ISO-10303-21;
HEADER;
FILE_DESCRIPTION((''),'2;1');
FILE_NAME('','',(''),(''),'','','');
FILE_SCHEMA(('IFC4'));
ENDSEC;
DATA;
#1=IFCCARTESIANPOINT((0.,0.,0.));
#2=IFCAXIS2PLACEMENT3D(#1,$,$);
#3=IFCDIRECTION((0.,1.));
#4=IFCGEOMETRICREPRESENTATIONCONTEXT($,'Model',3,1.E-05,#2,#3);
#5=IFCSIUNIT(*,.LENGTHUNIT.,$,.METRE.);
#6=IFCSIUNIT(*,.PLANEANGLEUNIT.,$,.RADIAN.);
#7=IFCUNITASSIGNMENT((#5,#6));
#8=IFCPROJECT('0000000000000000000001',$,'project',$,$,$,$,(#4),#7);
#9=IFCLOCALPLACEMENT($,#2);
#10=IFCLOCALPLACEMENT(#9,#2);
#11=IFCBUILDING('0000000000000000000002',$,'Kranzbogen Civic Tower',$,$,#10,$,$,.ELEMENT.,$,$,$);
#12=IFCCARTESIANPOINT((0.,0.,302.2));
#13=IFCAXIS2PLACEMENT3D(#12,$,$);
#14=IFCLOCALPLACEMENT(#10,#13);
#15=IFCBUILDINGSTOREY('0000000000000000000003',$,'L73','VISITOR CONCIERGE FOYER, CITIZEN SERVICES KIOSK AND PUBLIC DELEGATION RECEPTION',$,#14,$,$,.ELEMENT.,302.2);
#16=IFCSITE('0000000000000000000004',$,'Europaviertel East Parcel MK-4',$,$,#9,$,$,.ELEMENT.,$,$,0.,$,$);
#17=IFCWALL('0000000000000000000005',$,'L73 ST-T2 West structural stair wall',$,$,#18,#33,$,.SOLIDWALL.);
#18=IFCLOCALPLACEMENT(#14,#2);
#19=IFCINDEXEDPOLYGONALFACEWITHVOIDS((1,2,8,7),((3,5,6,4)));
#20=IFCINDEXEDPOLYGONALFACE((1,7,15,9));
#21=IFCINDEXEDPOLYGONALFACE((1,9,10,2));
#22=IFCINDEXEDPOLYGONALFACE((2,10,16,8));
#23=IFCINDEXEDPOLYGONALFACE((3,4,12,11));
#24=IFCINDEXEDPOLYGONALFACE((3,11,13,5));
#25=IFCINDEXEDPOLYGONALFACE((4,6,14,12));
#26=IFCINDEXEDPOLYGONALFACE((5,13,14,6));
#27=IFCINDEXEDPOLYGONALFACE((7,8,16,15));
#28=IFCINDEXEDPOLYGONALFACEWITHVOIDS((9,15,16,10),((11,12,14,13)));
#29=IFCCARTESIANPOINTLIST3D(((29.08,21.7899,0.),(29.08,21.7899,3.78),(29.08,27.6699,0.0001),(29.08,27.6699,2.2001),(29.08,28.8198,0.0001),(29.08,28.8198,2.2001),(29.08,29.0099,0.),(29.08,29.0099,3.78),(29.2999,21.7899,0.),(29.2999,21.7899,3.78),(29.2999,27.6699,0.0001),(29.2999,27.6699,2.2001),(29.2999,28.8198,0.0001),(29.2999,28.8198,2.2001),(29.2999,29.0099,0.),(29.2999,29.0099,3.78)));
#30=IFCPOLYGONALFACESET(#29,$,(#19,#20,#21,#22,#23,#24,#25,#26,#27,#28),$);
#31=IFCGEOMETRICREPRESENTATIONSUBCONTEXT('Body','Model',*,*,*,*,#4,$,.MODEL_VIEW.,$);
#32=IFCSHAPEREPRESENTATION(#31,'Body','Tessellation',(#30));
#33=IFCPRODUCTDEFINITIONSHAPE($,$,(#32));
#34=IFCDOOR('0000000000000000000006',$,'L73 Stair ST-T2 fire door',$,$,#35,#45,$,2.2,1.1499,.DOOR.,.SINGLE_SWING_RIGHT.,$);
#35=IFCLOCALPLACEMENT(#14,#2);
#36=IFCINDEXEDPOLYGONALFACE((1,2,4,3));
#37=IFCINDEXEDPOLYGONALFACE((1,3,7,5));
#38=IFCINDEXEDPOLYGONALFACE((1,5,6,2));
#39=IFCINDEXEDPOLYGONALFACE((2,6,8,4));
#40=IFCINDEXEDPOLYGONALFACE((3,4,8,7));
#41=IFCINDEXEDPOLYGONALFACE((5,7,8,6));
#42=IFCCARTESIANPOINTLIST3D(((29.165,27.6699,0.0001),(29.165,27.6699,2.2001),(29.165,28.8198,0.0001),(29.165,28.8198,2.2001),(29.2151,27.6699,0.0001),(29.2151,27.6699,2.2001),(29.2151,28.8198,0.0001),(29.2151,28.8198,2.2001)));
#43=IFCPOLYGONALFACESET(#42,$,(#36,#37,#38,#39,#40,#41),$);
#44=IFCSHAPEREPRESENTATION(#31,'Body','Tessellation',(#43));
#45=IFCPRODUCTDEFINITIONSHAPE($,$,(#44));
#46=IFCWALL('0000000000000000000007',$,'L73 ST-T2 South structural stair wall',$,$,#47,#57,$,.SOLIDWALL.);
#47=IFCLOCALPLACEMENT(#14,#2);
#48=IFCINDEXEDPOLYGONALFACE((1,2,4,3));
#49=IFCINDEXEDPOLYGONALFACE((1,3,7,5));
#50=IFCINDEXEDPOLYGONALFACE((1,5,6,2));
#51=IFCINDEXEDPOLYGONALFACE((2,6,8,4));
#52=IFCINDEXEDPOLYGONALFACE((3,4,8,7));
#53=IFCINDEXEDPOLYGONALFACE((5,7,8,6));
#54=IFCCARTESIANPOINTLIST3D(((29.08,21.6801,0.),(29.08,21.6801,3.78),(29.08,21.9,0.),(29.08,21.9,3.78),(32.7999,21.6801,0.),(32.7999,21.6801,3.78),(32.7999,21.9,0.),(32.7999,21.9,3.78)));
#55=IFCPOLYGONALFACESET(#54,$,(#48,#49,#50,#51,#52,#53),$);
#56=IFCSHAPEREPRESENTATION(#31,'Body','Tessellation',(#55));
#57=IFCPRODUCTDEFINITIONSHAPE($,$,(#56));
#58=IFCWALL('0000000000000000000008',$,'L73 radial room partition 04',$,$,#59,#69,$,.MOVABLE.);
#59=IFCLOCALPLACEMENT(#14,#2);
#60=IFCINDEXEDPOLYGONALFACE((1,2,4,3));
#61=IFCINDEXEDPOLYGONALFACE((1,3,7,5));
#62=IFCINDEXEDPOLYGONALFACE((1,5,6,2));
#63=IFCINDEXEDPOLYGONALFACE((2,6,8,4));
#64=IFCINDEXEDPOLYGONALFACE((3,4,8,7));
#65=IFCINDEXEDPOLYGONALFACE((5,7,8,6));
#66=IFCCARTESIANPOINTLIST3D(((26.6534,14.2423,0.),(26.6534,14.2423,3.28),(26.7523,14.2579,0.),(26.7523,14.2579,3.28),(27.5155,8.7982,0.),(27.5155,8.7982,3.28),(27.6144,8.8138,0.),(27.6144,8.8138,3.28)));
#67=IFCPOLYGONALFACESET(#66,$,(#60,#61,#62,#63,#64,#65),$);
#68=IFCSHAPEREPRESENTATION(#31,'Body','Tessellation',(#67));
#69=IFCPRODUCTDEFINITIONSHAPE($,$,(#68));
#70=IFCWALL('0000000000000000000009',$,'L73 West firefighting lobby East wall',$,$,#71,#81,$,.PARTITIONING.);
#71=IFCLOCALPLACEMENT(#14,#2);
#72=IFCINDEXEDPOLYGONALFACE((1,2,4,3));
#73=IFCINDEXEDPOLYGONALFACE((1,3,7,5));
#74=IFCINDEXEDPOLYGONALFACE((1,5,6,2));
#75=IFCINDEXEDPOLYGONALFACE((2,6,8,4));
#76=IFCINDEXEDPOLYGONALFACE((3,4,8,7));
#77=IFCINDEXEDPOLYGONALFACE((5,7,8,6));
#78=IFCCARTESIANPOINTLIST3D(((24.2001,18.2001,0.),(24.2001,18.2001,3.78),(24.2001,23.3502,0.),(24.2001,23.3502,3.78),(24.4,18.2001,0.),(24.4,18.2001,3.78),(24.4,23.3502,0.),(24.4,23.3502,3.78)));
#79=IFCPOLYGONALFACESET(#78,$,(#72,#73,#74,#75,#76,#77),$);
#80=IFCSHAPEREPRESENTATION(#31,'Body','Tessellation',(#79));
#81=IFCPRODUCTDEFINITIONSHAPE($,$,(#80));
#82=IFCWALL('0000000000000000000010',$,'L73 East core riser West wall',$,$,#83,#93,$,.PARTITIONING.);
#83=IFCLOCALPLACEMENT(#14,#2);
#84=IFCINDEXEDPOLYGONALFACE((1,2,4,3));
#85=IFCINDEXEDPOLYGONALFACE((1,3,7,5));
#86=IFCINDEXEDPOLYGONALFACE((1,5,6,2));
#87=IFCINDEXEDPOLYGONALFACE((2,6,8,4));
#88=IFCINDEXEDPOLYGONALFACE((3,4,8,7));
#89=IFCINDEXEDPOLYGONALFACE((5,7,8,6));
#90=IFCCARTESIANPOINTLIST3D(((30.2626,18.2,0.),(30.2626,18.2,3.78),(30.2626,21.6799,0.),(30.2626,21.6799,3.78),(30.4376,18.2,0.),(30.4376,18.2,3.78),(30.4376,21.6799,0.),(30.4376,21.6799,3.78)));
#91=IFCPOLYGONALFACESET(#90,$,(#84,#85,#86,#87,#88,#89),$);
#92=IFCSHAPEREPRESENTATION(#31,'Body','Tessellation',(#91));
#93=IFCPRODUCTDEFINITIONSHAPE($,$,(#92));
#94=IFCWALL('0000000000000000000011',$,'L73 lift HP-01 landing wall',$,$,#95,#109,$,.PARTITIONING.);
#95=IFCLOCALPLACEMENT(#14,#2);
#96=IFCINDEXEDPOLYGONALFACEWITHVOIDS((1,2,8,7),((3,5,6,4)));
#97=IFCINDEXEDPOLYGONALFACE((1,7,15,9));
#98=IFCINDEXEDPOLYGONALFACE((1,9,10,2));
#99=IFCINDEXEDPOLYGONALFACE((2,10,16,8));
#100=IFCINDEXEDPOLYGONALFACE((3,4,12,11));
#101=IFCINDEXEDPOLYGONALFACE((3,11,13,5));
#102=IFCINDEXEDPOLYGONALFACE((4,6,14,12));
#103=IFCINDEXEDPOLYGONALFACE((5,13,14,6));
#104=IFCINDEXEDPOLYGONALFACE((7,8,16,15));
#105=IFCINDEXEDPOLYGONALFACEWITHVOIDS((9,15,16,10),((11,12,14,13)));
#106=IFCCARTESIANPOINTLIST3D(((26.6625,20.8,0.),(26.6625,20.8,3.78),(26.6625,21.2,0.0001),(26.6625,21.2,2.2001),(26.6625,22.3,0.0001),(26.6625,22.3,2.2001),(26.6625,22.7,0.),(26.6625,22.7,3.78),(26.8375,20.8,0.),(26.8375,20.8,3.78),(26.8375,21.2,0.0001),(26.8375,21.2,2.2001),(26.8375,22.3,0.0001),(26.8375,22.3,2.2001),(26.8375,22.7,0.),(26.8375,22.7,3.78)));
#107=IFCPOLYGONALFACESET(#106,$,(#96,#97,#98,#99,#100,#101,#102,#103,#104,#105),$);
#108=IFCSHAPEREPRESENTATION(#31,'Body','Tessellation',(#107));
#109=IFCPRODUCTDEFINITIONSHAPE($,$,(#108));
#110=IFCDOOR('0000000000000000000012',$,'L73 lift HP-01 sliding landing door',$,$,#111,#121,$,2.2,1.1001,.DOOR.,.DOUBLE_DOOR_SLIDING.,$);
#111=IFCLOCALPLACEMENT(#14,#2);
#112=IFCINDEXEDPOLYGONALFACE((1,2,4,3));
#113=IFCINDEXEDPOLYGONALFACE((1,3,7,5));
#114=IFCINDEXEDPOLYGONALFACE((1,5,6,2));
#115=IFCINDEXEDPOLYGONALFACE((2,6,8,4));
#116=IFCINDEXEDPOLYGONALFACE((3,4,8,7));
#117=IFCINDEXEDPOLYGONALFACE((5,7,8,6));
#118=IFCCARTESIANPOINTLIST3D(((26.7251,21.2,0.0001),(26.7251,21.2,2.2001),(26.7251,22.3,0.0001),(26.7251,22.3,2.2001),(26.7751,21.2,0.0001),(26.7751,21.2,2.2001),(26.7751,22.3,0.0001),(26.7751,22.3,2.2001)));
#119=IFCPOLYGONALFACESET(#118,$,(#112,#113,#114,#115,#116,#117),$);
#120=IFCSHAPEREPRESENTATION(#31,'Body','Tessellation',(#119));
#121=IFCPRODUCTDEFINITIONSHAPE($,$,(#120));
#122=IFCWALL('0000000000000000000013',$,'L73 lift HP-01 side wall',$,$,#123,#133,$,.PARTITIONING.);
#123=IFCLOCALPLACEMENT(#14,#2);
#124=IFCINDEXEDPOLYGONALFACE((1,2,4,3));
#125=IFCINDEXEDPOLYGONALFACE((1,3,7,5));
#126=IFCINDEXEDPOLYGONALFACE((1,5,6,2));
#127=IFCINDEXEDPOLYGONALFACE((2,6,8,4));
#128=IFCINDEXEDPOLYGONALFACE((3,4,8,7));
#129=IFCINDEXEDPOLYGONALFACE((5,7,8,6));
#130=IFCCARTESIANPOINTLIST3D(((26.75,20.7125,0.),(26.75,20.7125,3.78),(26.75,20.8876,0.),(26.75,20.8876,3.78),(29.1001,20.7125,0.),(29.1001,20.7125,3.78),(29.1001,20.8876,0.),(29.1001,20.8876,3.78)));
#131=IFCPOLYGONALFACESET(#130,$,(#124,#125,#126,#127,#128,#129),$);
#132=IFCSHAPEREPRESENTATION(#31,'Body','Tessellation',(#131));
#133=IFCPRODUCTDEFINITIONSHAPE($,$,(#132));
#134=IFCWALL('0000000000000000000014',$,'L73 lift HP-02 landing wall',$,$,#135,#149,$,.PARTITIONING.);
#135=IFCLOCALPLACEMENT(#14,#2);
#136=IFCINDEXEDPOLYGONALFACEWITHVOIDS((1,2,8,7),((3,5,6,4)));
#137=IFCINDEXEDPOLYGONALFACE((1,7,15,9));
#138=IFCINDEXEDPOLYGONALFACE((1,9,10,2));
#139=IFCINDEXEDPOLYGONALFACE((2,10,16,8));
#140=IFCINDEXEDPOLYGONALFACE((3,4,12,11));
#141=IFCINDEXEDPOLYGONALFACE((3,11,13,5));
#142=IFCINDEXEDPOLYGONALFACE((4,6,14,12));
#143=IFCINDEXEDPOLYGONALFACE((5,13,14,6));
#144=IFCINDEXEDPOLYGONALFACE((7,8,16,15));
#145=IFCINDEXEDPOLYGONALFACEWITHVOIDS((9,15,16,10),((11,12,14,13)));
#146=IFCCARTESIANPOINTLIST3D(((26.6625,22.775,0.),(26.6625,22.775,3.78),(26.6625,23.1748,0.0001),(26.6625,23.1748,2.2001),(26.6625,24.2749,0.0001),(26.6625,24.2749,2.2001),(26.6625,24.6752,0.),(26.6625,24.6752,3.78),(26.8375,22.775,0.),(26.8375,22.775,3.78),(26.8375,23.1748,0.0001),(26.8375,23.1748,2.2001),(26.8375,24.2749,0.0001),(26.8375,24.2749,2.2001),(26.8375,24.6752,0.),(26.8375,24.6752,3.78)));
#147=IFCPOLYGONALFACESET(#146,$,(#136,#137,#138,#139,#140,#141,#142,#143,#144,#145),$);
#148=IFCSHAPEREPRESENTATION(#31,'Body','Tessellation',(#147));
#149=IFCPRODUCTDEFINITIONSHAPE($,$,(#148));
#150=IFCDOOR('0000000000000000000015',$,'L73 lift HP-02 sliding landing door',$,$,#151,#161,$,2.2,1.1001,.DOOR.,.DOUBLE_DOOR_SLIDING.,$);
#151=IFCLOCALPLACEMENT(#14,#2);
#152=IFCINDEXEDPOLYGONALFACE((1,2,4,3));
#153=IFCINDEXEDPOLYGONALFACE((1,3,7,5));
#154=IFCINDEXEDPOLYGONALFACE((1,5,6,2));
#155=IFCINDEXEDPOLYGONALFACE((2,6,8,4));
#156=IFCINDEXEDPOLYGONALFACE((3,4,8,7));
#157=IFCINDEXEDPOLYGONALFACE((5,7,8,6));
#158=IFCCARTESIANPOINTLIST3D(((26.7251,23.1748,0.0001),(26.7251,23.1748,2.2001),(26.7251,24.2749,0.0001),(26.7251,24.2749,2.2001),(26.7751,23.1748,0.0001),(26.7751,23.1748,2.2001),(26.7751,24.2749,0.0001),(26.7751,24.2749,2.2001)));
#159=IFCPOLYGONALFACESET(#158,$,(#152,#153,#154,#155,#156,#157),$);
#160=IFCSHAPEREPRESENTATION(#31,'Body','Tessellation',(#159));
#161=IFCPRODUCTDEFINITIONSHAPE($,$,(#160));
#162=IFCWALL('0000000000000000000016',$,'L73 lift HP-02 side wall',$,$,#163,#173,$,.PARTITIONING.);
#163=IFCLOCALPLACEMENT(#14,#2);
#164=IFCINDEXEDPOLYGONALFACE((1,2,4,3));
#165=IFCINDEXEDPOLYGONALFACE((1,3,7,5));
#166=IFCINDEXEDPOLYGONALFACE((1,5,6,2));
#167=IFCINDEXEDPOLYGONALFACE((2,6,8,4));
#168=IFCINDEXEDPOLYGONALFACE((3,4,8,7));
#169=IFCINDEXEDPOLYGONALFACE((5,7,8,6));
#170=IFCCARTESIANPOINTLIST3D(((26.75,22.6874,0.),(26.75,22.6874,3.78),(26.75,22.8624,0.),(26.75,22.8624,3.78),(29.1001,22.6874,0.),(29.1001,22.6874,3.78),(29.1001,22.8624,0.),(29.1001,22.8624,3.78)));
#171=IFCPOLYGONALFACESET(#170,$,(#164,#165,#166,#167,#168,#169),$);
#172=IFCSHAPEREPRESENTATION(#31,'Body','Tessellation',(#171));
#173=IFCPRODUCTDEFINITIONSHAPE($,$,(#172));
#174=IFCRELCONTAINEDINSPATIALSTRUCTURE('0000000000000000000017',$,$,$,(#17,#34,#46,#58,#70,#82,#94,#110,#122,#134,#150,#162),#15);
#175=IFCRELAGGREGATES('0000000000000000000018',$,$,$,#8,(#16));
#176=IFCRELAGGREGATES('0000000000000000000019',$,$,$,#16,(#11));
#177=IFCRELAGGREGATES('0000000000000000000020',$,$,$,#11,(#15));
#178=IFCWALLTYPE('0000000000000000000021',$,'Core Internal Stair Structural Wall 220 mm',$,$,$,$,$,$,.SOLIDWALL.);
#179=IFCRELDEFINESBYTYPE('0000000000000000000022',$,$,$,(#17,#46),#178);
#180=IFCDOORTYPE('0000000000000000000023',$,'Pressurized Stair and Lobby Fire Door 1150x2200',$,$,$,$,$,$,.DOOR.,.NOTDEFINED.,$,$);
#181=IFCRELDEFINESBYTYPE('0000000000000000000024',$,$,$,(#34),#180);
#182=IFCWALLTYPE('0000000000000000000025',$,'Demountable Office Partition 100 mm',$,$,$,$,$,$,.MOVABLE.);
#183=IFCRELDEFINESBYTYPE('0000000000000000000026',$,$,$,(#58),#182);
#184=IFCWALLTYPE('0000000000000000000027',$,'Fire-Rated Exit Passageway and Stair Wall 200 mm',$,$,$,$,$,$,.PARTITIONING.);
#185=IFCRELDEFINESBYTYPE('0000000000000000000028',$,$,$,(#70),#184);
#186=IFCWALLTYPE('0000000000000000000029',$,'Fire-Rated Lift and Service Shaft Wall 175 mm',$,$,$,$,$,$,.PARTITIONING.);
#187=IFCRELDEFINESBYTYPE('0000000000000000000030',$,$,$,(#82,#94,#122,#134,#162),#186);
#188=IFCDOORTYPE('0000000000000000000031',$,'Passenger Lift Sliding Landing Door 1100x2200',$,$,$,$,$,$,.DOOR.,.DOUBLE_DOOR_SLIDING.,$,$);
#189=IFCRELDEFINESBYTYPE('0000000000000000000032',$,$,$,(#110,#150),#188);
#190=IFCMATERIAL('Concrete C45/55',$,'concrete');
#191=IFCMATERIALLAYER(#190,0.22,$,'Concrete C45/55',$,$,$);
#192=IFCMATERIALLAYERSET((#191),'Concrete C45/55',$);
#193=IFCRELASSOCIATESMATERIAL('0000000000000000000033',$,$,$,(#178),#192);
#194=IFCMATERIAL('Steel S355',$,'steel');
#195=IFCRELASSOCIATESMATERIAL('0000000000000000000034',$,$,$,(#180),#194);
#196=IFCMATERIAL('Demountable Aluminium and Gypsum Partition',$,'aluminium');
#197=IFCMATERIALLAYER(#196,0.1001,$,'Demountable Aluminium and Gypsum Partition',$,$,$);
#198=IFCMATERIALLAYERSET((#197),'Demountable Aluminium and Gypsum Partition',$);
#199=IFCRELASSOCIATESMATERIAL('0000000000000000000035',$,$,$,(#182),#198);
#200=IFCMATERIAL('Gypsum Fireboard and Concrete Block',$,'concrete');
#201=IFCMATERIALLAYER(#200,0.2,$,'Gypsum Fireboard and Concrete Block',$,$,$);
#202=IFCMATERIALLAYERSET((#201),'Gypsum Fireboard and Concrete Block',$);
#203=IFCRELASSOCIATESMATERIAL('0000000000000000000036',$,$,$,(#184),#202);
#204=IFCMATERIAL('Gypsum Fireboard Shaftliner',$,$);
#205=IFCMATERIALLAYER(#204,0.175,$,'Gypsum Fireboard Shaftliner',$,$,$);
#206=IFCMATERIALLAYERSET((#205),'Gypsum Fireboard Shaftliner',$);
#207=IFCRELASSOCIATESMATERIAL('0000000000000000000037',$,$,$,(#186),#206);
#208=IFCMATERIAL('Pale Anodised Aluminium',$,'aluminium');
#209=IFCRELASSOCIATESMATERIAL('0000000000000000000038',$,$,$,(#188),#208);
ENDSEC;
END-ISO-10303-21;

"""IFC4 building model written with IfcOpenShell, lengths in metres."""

from ifc_helpers import new_model, si_unit, direction, frame, frame_2d, origin, place, context, subcontext, project, spatial, rectangle, extrude, material, layer, layer_set, type_object, element, fill, save


model = new_model("IFC4")

# Units and contexts
model_context = context("Model", 3, precision=1e-05, world=origin(), true_north=direction((0.0, 1.0)))
body_context = subcontext(model_context, "Body", "Model", "MODEL_VIEW")
ifc_project = project(units=[si_unit("LENGTHUNIT", "METRE"), si_unit("PLANEANGLEUNIT", "RADIAN")], contexts=[model_context])

# Site, building, storey
site_placement = place(None, origin())
site = spatial("IfcSite", under=ifc_project, at=site_placement, Name="Europaviertel East Parcel MK-4", CompositionType="ELEMENT", RefElevation=0.0)
building_placement = place(site_placement, origin())
building = spatial("IfcBuilding", under=site, at=building_placement, Name="Kranzbogen Civic Tower", CompositionType="ELEMENT")
storey_placement = place(building_placement, frame((0.0, 0.0, 302.2)))
storey = spatial("IfcBuildingStorey", under=building, at=storey_placement, Name="L73", Description="VISITOR CONCIERGE FOYER, CITIZEN SERVICES KIOSK AND PUBLIC DELEGATION RECEPTION", CompositionType="ELEMENT", Elevation=302.2)

# Shared definitions
ifc_material_1 = material(Name="Steel S355", Category="steel")

# Shared definitions
ifc_material_2 = material(Name="Pale Anodised Aluminium", Category="aluminium")

# Wall, opening, door
ifc_material_3 = material(Name="Concrete C45/55", Category="concrete")
ifc_layer_1 = layer(ifc_material_3, 0.22, Name="Concrete C45/55")
ifc_layer_set_1 = layer_set([ifc_layer_1], Name="Concrete C45/55")
wall_type_1 = type_object("IfcWallType", Name="Core Internal Stair Structural Wall 220 mm", PredefinedType="SOLIDWALL", material=ifc_layer_set_1)
wall_1_placement = place(storey_placement, frame((29.1899, 21.79, 0.0), z_axis=(0.0, 0.0, 1.0), x_axis=(0.0, 1.0, 0.0)))
wall_1 = element("IfcWall", 1, at=wall_1_placement, inside=storey, type_object=wall_type_1, Name="L73 ST-T2 West structural stair wall", PredefinedType="SOLIDWALL", context=body_context, shape_type="SweptSolid", body=[
    extrude(rectangle(XDim=7.22, YDim=0.22, at=frame_2d((3.6099, 0.0))), origin(), (0.0, 0.0, 1.0), 3.78),
])
opening_1_placement = place(wall_1_placement, frame((5.8799, 0.0, 0.0)))
opening_1 = element("IfcOpeningElement", 2, at=opening_1_placement, cuts=wall_1, PredefinedType="OPENING", context=body_context, shape_type="SweptSolid", body=[
    extrude(rectangle(XDim=1.1499, YDim=2.2, at=frame_2d((0.575, 1.1001))), frame((0.0, 0.1201, 0.0), z_axis=(0.0, -1.0, 0.0), x_axis=(1.0, 0.0, 0.0)), (0.0, 0.0, 1.0), 0.24),
])
door_type_1 = type_object("IfcDoorType", Name="Pressurized Stair and Lobby Fire Door 1150x2200", OperationType="NOTDEFINED", PredefinedType="DOOR", material=ifc_material_1)
door_1_placement = place(opening_1_placement, origin())
door_1 = element("IfcDoor", 3, at=door_1_placement, inside=storey, type_object=door_type_1, Name="L73 Stair ST-T2 fire door", OperationType="SINGLE_SWING_RIGHT", OverallHeight=2.2, OverallWidth=1.1499, PredefinedType="DOOR", context=body_context, shape_type="SweptSolid", body=[
    extrude(rectangle(XDim=1.1499, YDim=2.2, at=frame_2d((0.575, 1.1001))), frame((0.0, 0.0249, 0.0), z_axis=(0.0, -1.0, 0.0), x_axis=(1.0, 0.0, 0.0)), (0.0, 0.0, 1.0), 0.05),
])
fill(opening_1, door_1)

# Walls
wall_2_placement = place(storey_placement, frame((29.0801, 21.79, 0.0), z_axis=(0.0, 0.0, 1.0), x_axis=(1.0, 0.0, 0.0)))
element("IfcWall", 4, at=wall_2_placement, inside=storey, type_object=wall_type_1, Name="L73 ST-T2 South structural stair wall", PredefinedType="SOLIDWALL", context=body_context, shape_type="SweptSolid", body=[
    extrude(rectangle(XDim=3.72, YDim=0.22, at=frame_2d((1.8599, 0.0))), origin(), (0.0, 0.0, 1.0), 3.78),
])
ifc_material_4 = material(Name="Demountable Aluminium and Gypsum Partition", Category="aluminium")
ifc_layer_2 = layer(ifc_material_4, 0.1001, Name="Demountable Aluminium and Gypsum Partition")
ifc_layer_set_2 = layer_set([ifc_layer_2], Name="Demountable Aluminium and Gypsum Partition")
wall_type_2 = type_object("IfcWallType", Name="Demountable Office Partition 100 mm", PredefinedType="MOVABLE", material=ifc_layer_set_2)
wall_3_placement = place(storey_placement, frame((26.7029, 14.25, 0.0), z_axis=(0.0, 0.0, 1.0), x_axis=(0.156399, -0.987694, 0.0)))
element("IfcWall", 5, at=wall_3_placement, inside=storey, type_object=wall_type_2, Name="L73 radial room partition 04", PredefinedType="MOVABLE", context=body_context, shape_type="SweptSolid", body=[
    extrude(rectangle(XDim=5.512, YDim=0.1001, at=frame_2d((2.7559, 0.0))), origin(), (0.0, 0.0, 1.0), 3.28),
])
ifc_material_5 = material(Name="Gypsum Fireboard and Concrete Block", Category="concrete")
ifc_layer_3 = layer(ifc_material_5, 0.2, Name="Gypsum Fireboard and Concrete Block")
ifc_layer_set_3 = layer_set([ifc_layer_3], Name="Gypsum Fireboard and Concrete Block")
wall_type_3 = type_object("IfcWallType", Name="Fire-Rated Exit Passageway and Stair Wall 200 mm", PredefinedType="PARTITIONING", material=ifc_layer_set_3)
wall_4_placement = place(storey_placement, frame((24.3, 18.2, 0.0), z_axis=(0.0, 0.0, 1.0), x_axis=(0.0, 1.0, 0.0)))
element("IfcWall", 6, at=wall_4_placement, inside=storey, type_object=wall_type_3, Name="L73 West firefighting lobby East wall", PredefinedType="PARTITIONING", context=body_context, shape_type="SweptSolid", body=[
    extrude(rectangle(XDim=5.1501, YDim=0.2, at=frame_2d((2.5752, 0.0))), origin(), (0.0, 0.0, 1.0), 3.78),
])
ifc_material_6 = material(Name="Gypsum Fireboard Shaftliner")
ifc_layer_4 = layer(ifc_material_6, 0.175, Name="Gypsum Fireboard Shaftliner")
ifc_layer_set_4 = layer_set([ifc_layer_4], Name="Gypsum Fireboard Shaftliner")
wall_type_4 = type_object("IfcWallType", Name="Fire-Rated Lift and Service Shaft Wall 175 mm", PredefinedType="PARTITIONING", material=ifc_layer_set_4)
wall_5_placement = place(storey_placement, frame((30.3501, 18.2, 0.0), z_axis=(0.0, 0.0, 1.0), x_axis=(0.0, 1.0, 0.0)))
element("IfcWall", 7, at=wall_5_placement, inside=storey, type_object=wall_type_4, Name="L73 East core riser West wall", PredefinedType="PARTITIONING", context=body_context, shape_type="SweptSolid", body=[
    extrude(rectangle(XDim=3.48, YDim=0.175, at=frame_2d((1.74, 0.0))), origin(), (0.0, 0.0, 1.0), 3.78),
])

# Wall, opening, door
wall_6_placement = place(storey_placement, frame((26.75, 20.8, 0.0), z_axis=(0.0, 0.0, 1.0), x_axis=(0.0, 1.0, 0.0)))
wall_6 = element("IfcWall", 8, at=wall_6_placement, inside=storey, type_object=wall_type_4, Name="L73 lift HP-01 landing wall", PredefinedType="PARTITIONING", context=body_context, shape_type="SweptSolid", body=[
    extrude(rectangle(XDim=1.8999, YDim=0.175, at=frame_2d((0.95, 0.0))), origin(), (0.0, 0.0, 1.0), 3.78),
])
opening_2_placement = place(wall_6_placement, frame((0.3999, 0.0, 0.0)))
opening_2 = element("IfcOpeningElement", 9, at=opening_2_placement, cuts=wall_6, PredefinedType="OPENING", context=body_context, shape_type="SweptSolid", body=[
    extrude(rectangle(XDim=1.1001, YDim=2.2, at=frame_2d((0.55, 1.1001))), frame((0.0, 0.0977, 0.0), z_axis=(0.0, -1.0, 0.0), x_axis=(1.0, 0.0, 0.0)), (0.0, 0.0, 1.0), 0.1951),
])
door_type_2 = type_object("IfcDoorType", Name="Passenger Lift Sliding Landing Door 1100x2200", OperationType="DOUBLE_DOOR_SLIDING", PredefinedType="DOOR", material=ifc_material_2)
door_2_placement = place(opening_2_placement, origin())
door_2 = element("IfcDoor", 10, at=door_2_placement, inside=storey, type_object=door_type_2, Name="L73 lift HP-01 sliding landing door", OperationType="DOUBLE_DOOR_SLIDING", OverallHeight=2.2, OverallWidth=1.1001, PredefinedType="DOOR", context=body_context, shape_type="SweptSolid", body=[
    extrude(rectangle(XDim=1.1001, YDim=2.2, at=frame_2d((0.55, 1.1001))), frame((0.0, 0.0249, 0.0), z_axis=(0.0, -1.0, 0.0), x_axis=(1.0, 0.0, 0.0)), (0.0, 0.0, 1.0), 0.05),
])
fill(opening_2, door_2)

# Wall
wall_7_placement = place(storey_placement, frame((26.75, 20.8, 0.0), z_axis=(0.0, 0.0, 1.0), x_axis=(1.0, 0.0, 0.0)))
element("IfcWall", 11, at=wall_7_placement, inside=storey, type_object=wall_type_4, Name="L73 lift HP-01 side wall", PredefinedType="PARTITIONING", context=body_context, shape_type="SweptSolid", body=[
    extrude(rectangle(XDim=2.3501, YDim=0.175, at=frame_2d((1.175, 0.0))), origin(), (0.0, 0.0, 1.0), 3.78),
])

# Wall, opening, door
wall_8_placement = place(storey_placement, frame((26.75, 22.7749, 0.0), z_axis=(0.0, 0.0, 1.0), x_axis=(0.0, 1.0, 0.0)))
wall_8 = element("IfcWall", 12, at=wall_8_placement, inside=storey, type_object=wall_type_4, Name="L73 lift HP-02 landing wall", PredefinedType="PARTITIONING", context=body_context, shape_type="SweptSolid", body=[
    extrude(rectangle(XDim=1.9001, YDim=0.175, at=frame_2d((0.9502, 0.0))), origin(), (0.0, 0.0, 1.0), 3.78),
])
opening_3_placement = place(wall_8_placement, frame((0.3999, 0.0, 0.0)))
opening_3 = element("IfcOpeningElement", 13, at=opening_3_placement, cuts=wall_8, PredefinedType="OPENING", context=body_context, shape_type="SweptSolid", body=[
    extrude(rectangle(XDim=1.1001, YDim=2.2, at=frame_2d((0.55, 1.1001))), frame((0.0, 0.0977, 0.0), z_axis=(0.0, -1.0, 0.0), x_axis=(1.0, 0.0, 0.0)), (0.0, 0.0, 1.0), 0.1951),
])
door_3_placement = place(opening_3_placement, origin())
door_3 = element("IfcDoor", 14, at=door_3_placement, inside=storey, type_object=door_type_2, Name="L73 lift HP-02 sliding landing door", OperationType="DOUBLE_DOOR_SLIDING", OverallHeight=2.2, OverallWidth=1.1001, PredefinedType="DOOR", context=body_context, shape_type="SweptSolid", body=[
    extrude(rectangle(XDim=1.1001, YDim=2.2, at=frame_2d((0.55, 1.1001))), frame((0.0, 0.0249, 0.0), z_axis=(0.0, -1.0, 0.0), x_axis=(1.0, 0.0, 0.0)), (0.0, 0.0, 1.0), 0.05),
])
fill(opening_3, door_3)

# Wall
wall_9_placement = place(storey_placement, frame((26.75, 22.7749, 0.0), z_axis=(0.0, 0.0, 1.0), x_axis=(1.0, 0.0, 0.0)))
element("IfcWall", 15, at=wall_9_placement, inside=storey, type_object=wall_type_4, Name="L73 lift HP-02 side wall", PredefinedType="PARTITIONING", context=body_context, shape_type="SweptSolid", body=[
    extrude(rectangle(XDim=2.3501, YDim=0.175, at=frame_2d((1.175, 0.0))), origin(), (0.0, 0.0, 1.0), 3.78),
])

save(model, "model.ifc")
